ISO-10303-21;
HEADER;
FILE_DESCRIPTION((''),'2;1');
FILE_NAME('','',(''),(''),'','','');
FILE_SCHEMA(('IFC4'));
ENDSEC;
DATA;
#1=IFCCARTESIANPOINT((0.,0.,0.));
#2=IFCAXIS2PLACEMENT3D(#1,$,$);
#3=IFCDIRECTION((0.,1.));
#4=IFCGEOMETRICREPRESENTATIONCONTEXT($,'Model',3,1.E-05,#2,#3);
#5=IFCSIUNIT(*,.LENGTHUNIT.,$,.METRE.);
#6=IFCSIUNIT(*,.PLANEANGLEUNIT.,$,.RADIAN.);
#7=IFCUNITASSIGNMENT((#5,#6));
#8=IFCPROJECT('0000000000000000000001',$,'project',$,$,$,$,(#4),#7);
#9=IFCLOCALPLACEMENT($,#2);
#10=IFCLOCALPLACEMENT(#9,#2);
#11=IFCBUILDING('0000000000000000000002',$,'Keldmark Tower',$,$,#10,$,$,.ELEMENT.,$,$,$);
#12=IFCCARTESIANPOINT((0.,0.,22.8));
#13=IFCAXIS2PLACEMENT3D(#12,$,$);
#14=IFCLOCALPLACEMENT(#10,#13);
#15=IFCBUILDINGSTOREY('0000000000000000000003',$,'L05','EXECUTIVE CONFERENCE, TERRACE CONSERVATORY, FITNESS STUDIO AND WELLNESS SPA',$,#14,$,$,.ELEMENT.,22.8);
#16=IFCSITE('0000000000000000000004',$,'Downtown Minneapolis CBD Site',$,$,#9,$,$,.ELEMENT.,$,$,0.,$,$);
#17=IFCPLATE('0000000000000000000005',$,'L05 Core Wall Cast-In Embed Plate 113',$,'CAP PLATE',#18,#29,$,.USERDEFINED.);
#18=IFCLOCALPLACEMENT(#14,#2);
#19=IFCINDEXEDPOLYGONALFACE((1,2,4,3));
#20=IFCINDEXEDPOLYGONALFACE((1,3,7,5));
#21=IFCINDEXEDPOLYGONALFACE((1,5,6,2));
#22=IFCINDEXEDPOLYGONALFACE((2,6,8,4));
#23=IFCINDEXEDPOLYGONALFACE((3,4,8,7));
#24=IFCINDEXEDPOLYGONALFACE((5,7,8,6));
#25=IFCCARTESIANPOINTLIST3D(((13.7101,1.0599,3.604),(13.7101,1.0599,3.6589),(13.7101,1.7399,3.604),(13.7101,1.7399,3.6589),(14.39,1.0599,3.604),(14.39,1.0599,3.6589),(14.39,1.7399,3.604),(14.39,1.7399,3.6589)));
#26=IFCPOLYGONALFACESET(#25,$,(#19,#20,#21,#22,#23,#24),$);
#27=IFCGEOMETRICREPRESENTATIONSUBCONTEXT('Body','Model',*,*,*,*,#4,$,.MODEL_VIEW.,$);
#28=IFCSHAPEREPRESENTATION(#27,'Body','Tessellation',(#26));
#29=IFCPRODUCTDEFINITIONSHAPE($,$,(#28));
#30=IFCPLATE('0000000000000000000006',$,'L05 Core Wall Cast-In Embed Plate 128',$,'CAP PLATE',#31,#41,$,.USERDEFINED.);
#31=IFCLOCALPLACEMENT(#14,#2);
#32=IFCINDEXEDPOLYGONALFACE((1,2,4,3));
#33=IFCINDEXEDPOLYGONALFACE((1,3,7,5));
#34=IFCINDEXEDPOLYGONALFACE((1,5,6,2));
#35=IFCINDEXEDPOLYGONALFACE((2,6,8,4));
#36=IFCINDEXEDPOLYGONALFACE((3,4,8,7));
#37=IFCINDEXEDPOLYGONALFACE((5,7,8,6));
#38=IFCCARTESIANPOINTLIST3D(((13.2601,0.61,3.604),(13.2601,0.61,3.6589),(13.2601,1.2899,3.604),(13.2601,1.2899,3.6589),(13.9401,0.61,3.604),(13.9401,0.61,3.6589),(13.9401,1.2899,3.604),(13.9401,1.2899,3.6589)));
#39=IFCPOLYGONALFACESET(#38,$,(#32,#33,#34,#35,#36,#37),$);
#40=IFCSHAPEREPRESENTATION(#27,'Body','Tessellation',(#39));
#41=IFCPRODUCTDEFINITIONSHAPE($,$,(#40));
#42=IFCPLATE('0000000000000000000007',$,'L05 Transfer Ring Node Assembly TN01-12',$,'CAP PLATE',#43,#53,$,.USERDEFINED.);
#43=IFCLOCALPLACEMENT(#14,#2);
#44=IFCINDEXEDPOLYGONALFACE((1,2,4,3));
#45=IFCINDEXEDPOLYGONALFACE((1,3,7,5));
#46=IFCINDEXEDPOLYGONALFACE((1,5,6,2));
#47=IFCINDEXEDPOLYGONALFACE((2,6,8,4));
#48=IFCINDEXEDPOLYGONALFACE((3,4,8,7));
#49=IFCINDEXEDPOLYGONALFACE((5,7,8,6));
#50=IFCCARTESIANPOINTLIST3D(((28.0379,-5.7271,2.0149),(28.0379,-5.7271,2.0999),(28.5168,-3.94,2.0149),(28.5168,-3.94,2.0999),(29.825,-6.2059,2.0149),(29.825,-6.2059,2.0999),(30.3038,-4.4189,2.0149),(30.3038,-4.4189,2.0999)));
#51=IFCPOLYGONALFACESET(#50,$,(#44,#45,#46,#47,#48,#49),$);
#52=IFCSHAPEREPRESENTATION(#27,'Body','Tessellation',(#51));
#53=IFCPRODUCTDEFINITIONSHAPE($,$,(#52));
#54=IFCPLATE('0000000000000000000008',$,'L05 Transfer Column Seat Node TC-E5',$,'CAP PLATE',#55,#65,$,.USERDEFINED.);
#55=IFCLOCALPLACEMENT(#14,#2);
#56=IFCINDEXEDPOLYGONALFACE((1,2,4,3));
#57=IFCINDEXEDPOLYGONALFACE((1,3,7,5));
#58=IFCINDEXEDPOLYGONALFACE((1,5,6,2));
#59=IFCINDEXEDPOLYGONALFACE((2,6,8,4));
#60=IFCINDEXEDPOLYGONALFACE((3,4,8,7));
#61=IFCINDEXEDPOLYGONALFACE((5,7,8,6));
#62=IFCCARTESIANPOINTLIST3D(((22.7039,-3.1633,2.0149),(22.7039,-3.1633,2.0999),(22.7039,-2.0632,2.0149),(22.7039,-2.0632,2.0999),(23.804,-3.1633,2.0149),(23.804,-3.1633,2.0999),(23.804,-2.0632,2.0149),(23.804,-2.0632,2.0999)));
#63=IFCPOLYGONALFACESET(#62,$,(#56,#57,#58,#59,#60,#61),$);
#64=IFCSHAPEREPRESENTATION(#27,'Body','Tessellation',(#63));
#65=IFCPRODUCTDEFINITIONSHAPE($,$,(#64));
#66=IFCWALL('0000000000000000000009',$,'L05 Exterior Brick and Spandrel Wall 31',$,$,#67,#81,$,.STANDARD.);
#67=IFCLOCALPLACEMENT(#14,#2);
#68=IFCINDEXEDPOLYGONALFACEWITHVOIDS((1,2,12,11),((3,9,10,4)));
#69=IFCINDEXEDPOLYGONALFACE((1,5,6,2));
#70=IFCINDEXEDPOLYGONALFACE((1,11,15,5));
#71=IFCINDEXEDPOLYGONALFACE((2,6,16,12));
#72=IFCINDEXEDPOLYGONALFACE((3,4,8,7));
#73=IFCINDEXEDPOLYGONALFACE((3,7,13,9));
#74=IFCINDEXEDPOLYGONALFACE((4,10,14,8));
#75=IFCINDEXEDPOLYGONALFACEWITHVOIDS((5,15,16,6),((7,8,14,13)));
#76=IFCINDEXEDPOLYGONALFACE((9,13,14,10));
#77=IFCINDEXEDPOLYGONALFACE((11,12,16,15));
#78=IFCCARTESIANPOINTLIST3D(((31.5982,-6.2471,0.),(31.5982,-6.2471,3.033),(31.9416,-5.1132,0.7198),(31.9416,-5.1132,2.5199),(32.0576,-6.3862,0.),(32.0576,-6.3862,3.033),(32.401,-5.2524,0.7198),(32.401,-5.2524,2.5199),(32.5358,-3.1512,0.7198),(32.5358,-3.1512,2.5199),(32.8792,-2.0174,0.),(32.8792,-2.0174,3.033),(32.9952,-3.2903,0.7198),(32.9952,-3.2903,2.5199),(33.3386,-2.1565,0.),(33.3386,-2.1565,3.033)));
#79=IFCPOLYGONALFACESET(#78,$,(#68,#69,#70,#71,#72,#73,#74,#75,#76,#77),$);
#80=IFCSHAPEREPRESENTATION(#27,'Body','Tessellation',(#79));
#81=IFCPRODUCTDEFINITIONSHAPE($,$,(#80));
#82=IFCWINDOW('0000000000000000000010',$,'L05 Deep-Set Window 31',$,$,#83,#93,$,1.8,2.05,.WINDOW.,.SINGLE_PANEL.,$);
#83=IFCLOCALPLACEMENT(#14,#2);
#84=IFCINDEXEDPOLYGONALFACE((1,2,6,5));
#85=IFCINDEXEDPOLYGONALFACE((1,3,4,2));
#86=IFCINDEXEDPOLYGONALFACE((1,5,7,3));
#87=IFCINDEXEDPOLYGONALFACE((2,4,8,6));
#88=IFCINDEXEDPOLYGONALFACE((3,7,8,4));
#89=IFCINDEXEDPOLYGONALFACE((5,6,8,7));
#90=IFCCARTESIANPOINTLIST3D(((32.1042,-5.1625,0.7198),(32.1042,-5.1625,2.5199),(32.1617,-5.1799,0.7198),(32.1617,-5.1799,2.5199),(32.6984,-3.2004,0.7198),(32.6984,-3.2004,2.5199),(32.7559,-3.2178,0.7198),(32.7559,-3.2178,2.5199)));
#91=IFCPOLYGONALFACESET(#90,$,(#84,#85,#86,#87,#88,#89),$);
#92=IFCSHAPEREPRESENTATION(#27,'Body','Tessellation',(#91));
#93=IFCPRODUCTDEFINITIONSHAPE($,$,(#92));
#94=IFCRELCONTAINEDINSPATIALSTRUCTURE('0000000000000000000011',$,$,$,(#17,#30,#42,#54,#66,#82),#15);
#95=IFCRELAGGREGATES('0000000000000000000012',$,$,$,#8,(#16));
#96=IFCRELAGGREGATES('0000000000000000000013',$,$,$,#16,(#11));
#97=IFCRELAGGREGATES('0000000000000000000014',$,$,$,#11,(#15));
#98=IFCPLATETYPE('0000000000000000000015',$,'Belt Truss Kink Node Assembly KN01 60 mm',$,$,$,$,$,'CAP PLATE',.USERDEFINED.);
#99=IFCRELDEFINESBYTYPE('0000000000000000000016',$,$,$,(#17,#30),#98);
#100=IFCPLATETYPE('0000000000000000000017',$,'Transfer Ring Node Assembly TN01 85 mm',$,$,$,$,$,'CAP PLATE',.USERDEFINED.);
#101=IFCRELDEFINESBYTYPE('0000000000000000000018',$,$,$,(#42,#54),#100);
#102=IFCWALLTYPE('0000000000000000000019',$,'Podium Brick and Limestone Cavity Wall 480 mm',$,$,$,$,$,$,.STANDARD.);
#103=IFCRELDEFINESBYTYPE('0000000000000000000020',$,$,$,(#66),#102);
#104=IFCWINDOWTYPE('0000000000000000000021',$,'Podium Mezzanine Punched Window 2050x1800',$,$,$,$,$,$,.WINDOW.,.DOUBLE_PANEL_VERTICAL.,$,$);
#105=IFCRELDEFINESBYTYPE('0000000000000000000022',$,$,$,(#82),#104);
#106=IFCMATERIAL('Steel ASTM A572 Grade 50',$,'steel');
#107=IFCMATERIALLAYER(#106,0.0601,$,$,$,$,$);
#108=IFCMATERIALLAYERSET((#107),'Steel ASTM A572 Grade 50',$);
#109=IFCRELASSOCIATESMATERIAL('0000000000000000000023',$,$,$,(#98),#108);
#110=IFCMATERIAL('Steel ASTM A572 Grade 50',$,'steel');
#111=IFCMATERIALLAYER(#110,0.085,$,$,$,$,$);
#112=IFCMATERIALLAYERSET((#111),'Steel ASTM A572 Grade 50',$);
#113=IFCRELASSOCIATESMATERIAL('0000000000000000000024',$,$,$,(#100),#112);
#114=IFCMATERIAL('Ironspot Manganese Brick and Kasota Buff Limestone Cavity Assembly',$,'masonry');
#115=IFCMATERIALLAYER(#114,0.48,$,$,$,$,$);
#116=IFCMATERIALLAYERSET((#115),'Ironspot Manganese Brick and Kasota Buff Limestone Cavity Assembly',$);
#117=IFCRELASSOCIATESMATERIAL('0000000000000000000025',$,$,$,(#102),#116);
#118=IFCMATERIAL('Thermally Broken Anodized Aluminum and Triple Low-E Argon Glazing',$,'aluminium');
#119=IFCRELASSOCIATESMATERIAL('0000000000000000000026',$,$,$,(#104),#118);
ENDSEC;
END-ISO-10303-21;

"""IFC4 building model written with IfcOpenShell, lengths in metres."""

from ifc_helpers import new_model, si_unit, direction, frame, frame_2d, origin, origin_2d, place, context, subcontext, project, spatial, rectangle, extrude, material, layer, layer_set, type_object, element, fill, save


model = new_model("IFC4")

# Units and contexts
model_context = context("Model", 3, precision=1e-05, world=origin(), true_north=direction((0.0, 1.0)))
body_context = subcontext(model_context, "Body", "Model", "MODEL_VIEW")
ifc_project = project(units=[si_unit("LENGTHUNIT", "METRE"), si_unit("PLANEANGLEUNIT", "RADIAN")], contexts=[model_context])

# Site, building, storey
site_placement = place(None, origin())
site = spatial("IfcSite", under=ifc_project, at=site_placement, Name="Downtown Minneapolis CBD Site", CompositionType="ELEMENT", RefElevation=0.0)
building_placement = place(site_placement, origin())
building = spatial("IfcBuilding", under=site, at=building_placement, Name="Keldmark Tower", CompositionType="ELEMENT")
storey_placement = place(building_placement, frame((0.0, 0.0, 22.8)))
storey = spatial("IfcBuildingStorey", under=building, at=storey_placement, Name="L05", Description="EXECUTIVE CONFERENCE, TERRACE CONSERVATORY, FITNESS STUDIO AND WELLNESS SPA", CompositionType="ELEMENT", Elevation=22.8)

# Plates
ifc_material_1 = material(Name="Steel ASTM A572 Grade 50", Category="steel")
ifc_layer_1 = layer(ifc_material_1, 0.0601)
ifc_layer_set_1 = layer_set([ifc_layer_1], Name="Steel ASTM A572 Grade 50")
plate_type_1 = type_object("IfcPlateType", Name="Belt Truss Kink Node Assembly KN01 60 mm", ElementType="CAP PLATE", PredefinedType="USERDEFINED", material=ifc_layer_set_1)
for number, where, z_axis, x_axis, name in (
    (1, (14.05, 1.3999, 3.604), (0.0, 0.0, 1.0), (1.0, 0.0, 0.0), "L05 Core Wall Cast-In Embed Plate 113"),
    (2, (13.6001, 0.95, 3.604), (0.0, 0.0, 1.0), (1.0, 0.0, 0.0), "L05 Core Wall Cast-In Embed Plate 128"),
):
    element("IfcPlate", number, at=place(storey_placement, frame(where, z_axis=z_axis, x_axis=x_axis)), inside=storey, type_object=plate_type_1, Name=name, ObjectType="CAP PLATE", PredefinedType="USERDEFINED", context=body_context, shape_type="SweptSolid", body=[
        extrude(rectangle(XDim=0.6799, YDim=0.6799, at=origin_2d()), origin(), (0.0, 0.0, 1.0), 0.0549),
    ])
ifc_material_2 = material(Name="Steel ASTM A572 Grade 50", Category="steel")
ifc_layer_2 = layer(ifc_material_2, 0.085)
ifc_layer_set_2 = layer_set([ifc_layer_2], Name="Steel ASTM A572 Grade 50")
plate_type_2 = type_object("IfcPlateType", Name="Transfer Ring Node Assembly TN01 85 mm", ElementType="CAP PLATE", PredefinedType="USERDEFINED", material=ifc_layer_set_2)
plate_1_placement = place(storey_placement, frame((29.1709, -5.073, 2.0149), z_axis=(0.0, 0.0, 1.0), x_axis=(0.965926, -0.258819, 0.0)))
element("IfcPlate", 3, at=plate_1_placement, inside=storey, type_object=plate_type_2, Name="L05 Transfer Ring Node Assembly TN01-12", ObjectType="CAP PLATE", PredefinedType="USERDEFINED", context=body_context, shape_type="SweptSolid", body=[
    extrude(rectangle(XDim=1.8501, YDim=1.8501, at=origin_2d()), origin(), (0.0, 0.0, 1.0), 0.085),
])
plate_2_placement = place(storey_placement, frame((23.2539, -2.6133, 2.0149), z_axis=(0.0, 0.0, 1.0), x_axis=(1.0, 0.0, 0.0)))
element("IfcPlate", 4, at=plate_2_placement, inside=storey, type_object=plate_type_2, Name="L05 Transfer Column Seat Node TC-E5", ObjectType="CAP PLATE", PredefinedType="USERDEFINED", context=body_context, shape_type="SweptSolid", body=[
    extrude(rectangle(XDim=1.1001, YDim=1.1001, at=origin_2d()), origin(), (0.0, 0.0, 1.0), 0.085),
])

# Wall, opening, window
ifc_material_3 = material(Name="Ironspot Manganese Brick and Kasota Buff Limestone Cavity Assembly", Category="masonry")
ifc_layer_3 = layer(ifc_material_3, 0.48)
ifc_layer_set_3 = layer_set([ifc_layer_3], Name="Ironspot Manganese Brick and Kasota Buff Limestone Cavity Assembly")
wall_type_1 = type_object("IfcWallType", Name="Podium Brick and Limestone Cavity Wall 480 mm", PredefinedType="STANDARD", material=ifc_layer_set_3)
wall_1_placement = place(storey_placement, frame((33.1089, -2.0869, 0.0), z_axis=(0.0, 0.0, 1.0), x_axis=(-0.289856, -0.95707, 0.0)))
wall_1 = element("IfcWall", 5, at=wall_1_placement, inside=storey, type_object=wall_type_1, Name="L05 Exterior Brick and Spandrel Wall 31", PredefinedType="STANDARD", context=body_context, shape_type="SweptSolid", body=[
    extrude(rectangle(XDim=4.4194, YDim=0.48, at=frame_2d((2.2097, 0.0))), origin(), (0.0, 0.0, 1.0), 3.033),
])
opening_1_placement = place(wall_1_placement, frame((1.1848, 0.0, 0.72)))
opening_1 = element("IfcOpeningElement", 6, at=opening_1_placement, cuts=wall_1, PredefinedType="OPENING", context=body_context, shape_type="SweptSolid", body=[
    extrude(rectangle(XDim=2.05, YDim=1.8, at=frame_2d((1.0249, 0.8999))), frame((0.0, 0.25, 0.0), z_axis=(0.0, -1.0, 0.0), x_axis=(1.0, 0.0, 0.0)), (0.0, 0.0, 1.0), 0.5),
])
ifc_material_4 = material(Name="Thermally Broken Anodized Aluminum and Triple Low-E Argon Glazing", Category="aluminium")
window_type = type_object("IfcWindowType", Name="Podium Mezzanine Punched Window 2050x1800", PartitioningType="DOUBLE_PANEL_VERTICAL", PredefinedType="WINDOW", material=ifc_material_4)
window_placement = place(opening_1_placement, origin())
window = element("IfcWindow", 7, at=window_placement, inside=storey, type_object=window_type, Name="L05 Deep-Set Window 31", OverallHeight=1.8, OverallWidth=2.05, PartitioningType="SINGLE_PANEL", PredefinedType="WINDOW", context=body_context, shape_type="SweptSolid", body=[
    extrude(rectangle(XDim=2.05, YDim=1.8, at=frame_2d((1.0249, 0.8999))), frame((0.0, -0.01, 0.0), z_axis=(0.0, -1.0, 0.0), x_axis=(1.0, 0.0, 0.0)), (0.0, 0.0, 1.0), 0.0601),
])
fill(opening_1, window)

save(model, "model.ifc")
